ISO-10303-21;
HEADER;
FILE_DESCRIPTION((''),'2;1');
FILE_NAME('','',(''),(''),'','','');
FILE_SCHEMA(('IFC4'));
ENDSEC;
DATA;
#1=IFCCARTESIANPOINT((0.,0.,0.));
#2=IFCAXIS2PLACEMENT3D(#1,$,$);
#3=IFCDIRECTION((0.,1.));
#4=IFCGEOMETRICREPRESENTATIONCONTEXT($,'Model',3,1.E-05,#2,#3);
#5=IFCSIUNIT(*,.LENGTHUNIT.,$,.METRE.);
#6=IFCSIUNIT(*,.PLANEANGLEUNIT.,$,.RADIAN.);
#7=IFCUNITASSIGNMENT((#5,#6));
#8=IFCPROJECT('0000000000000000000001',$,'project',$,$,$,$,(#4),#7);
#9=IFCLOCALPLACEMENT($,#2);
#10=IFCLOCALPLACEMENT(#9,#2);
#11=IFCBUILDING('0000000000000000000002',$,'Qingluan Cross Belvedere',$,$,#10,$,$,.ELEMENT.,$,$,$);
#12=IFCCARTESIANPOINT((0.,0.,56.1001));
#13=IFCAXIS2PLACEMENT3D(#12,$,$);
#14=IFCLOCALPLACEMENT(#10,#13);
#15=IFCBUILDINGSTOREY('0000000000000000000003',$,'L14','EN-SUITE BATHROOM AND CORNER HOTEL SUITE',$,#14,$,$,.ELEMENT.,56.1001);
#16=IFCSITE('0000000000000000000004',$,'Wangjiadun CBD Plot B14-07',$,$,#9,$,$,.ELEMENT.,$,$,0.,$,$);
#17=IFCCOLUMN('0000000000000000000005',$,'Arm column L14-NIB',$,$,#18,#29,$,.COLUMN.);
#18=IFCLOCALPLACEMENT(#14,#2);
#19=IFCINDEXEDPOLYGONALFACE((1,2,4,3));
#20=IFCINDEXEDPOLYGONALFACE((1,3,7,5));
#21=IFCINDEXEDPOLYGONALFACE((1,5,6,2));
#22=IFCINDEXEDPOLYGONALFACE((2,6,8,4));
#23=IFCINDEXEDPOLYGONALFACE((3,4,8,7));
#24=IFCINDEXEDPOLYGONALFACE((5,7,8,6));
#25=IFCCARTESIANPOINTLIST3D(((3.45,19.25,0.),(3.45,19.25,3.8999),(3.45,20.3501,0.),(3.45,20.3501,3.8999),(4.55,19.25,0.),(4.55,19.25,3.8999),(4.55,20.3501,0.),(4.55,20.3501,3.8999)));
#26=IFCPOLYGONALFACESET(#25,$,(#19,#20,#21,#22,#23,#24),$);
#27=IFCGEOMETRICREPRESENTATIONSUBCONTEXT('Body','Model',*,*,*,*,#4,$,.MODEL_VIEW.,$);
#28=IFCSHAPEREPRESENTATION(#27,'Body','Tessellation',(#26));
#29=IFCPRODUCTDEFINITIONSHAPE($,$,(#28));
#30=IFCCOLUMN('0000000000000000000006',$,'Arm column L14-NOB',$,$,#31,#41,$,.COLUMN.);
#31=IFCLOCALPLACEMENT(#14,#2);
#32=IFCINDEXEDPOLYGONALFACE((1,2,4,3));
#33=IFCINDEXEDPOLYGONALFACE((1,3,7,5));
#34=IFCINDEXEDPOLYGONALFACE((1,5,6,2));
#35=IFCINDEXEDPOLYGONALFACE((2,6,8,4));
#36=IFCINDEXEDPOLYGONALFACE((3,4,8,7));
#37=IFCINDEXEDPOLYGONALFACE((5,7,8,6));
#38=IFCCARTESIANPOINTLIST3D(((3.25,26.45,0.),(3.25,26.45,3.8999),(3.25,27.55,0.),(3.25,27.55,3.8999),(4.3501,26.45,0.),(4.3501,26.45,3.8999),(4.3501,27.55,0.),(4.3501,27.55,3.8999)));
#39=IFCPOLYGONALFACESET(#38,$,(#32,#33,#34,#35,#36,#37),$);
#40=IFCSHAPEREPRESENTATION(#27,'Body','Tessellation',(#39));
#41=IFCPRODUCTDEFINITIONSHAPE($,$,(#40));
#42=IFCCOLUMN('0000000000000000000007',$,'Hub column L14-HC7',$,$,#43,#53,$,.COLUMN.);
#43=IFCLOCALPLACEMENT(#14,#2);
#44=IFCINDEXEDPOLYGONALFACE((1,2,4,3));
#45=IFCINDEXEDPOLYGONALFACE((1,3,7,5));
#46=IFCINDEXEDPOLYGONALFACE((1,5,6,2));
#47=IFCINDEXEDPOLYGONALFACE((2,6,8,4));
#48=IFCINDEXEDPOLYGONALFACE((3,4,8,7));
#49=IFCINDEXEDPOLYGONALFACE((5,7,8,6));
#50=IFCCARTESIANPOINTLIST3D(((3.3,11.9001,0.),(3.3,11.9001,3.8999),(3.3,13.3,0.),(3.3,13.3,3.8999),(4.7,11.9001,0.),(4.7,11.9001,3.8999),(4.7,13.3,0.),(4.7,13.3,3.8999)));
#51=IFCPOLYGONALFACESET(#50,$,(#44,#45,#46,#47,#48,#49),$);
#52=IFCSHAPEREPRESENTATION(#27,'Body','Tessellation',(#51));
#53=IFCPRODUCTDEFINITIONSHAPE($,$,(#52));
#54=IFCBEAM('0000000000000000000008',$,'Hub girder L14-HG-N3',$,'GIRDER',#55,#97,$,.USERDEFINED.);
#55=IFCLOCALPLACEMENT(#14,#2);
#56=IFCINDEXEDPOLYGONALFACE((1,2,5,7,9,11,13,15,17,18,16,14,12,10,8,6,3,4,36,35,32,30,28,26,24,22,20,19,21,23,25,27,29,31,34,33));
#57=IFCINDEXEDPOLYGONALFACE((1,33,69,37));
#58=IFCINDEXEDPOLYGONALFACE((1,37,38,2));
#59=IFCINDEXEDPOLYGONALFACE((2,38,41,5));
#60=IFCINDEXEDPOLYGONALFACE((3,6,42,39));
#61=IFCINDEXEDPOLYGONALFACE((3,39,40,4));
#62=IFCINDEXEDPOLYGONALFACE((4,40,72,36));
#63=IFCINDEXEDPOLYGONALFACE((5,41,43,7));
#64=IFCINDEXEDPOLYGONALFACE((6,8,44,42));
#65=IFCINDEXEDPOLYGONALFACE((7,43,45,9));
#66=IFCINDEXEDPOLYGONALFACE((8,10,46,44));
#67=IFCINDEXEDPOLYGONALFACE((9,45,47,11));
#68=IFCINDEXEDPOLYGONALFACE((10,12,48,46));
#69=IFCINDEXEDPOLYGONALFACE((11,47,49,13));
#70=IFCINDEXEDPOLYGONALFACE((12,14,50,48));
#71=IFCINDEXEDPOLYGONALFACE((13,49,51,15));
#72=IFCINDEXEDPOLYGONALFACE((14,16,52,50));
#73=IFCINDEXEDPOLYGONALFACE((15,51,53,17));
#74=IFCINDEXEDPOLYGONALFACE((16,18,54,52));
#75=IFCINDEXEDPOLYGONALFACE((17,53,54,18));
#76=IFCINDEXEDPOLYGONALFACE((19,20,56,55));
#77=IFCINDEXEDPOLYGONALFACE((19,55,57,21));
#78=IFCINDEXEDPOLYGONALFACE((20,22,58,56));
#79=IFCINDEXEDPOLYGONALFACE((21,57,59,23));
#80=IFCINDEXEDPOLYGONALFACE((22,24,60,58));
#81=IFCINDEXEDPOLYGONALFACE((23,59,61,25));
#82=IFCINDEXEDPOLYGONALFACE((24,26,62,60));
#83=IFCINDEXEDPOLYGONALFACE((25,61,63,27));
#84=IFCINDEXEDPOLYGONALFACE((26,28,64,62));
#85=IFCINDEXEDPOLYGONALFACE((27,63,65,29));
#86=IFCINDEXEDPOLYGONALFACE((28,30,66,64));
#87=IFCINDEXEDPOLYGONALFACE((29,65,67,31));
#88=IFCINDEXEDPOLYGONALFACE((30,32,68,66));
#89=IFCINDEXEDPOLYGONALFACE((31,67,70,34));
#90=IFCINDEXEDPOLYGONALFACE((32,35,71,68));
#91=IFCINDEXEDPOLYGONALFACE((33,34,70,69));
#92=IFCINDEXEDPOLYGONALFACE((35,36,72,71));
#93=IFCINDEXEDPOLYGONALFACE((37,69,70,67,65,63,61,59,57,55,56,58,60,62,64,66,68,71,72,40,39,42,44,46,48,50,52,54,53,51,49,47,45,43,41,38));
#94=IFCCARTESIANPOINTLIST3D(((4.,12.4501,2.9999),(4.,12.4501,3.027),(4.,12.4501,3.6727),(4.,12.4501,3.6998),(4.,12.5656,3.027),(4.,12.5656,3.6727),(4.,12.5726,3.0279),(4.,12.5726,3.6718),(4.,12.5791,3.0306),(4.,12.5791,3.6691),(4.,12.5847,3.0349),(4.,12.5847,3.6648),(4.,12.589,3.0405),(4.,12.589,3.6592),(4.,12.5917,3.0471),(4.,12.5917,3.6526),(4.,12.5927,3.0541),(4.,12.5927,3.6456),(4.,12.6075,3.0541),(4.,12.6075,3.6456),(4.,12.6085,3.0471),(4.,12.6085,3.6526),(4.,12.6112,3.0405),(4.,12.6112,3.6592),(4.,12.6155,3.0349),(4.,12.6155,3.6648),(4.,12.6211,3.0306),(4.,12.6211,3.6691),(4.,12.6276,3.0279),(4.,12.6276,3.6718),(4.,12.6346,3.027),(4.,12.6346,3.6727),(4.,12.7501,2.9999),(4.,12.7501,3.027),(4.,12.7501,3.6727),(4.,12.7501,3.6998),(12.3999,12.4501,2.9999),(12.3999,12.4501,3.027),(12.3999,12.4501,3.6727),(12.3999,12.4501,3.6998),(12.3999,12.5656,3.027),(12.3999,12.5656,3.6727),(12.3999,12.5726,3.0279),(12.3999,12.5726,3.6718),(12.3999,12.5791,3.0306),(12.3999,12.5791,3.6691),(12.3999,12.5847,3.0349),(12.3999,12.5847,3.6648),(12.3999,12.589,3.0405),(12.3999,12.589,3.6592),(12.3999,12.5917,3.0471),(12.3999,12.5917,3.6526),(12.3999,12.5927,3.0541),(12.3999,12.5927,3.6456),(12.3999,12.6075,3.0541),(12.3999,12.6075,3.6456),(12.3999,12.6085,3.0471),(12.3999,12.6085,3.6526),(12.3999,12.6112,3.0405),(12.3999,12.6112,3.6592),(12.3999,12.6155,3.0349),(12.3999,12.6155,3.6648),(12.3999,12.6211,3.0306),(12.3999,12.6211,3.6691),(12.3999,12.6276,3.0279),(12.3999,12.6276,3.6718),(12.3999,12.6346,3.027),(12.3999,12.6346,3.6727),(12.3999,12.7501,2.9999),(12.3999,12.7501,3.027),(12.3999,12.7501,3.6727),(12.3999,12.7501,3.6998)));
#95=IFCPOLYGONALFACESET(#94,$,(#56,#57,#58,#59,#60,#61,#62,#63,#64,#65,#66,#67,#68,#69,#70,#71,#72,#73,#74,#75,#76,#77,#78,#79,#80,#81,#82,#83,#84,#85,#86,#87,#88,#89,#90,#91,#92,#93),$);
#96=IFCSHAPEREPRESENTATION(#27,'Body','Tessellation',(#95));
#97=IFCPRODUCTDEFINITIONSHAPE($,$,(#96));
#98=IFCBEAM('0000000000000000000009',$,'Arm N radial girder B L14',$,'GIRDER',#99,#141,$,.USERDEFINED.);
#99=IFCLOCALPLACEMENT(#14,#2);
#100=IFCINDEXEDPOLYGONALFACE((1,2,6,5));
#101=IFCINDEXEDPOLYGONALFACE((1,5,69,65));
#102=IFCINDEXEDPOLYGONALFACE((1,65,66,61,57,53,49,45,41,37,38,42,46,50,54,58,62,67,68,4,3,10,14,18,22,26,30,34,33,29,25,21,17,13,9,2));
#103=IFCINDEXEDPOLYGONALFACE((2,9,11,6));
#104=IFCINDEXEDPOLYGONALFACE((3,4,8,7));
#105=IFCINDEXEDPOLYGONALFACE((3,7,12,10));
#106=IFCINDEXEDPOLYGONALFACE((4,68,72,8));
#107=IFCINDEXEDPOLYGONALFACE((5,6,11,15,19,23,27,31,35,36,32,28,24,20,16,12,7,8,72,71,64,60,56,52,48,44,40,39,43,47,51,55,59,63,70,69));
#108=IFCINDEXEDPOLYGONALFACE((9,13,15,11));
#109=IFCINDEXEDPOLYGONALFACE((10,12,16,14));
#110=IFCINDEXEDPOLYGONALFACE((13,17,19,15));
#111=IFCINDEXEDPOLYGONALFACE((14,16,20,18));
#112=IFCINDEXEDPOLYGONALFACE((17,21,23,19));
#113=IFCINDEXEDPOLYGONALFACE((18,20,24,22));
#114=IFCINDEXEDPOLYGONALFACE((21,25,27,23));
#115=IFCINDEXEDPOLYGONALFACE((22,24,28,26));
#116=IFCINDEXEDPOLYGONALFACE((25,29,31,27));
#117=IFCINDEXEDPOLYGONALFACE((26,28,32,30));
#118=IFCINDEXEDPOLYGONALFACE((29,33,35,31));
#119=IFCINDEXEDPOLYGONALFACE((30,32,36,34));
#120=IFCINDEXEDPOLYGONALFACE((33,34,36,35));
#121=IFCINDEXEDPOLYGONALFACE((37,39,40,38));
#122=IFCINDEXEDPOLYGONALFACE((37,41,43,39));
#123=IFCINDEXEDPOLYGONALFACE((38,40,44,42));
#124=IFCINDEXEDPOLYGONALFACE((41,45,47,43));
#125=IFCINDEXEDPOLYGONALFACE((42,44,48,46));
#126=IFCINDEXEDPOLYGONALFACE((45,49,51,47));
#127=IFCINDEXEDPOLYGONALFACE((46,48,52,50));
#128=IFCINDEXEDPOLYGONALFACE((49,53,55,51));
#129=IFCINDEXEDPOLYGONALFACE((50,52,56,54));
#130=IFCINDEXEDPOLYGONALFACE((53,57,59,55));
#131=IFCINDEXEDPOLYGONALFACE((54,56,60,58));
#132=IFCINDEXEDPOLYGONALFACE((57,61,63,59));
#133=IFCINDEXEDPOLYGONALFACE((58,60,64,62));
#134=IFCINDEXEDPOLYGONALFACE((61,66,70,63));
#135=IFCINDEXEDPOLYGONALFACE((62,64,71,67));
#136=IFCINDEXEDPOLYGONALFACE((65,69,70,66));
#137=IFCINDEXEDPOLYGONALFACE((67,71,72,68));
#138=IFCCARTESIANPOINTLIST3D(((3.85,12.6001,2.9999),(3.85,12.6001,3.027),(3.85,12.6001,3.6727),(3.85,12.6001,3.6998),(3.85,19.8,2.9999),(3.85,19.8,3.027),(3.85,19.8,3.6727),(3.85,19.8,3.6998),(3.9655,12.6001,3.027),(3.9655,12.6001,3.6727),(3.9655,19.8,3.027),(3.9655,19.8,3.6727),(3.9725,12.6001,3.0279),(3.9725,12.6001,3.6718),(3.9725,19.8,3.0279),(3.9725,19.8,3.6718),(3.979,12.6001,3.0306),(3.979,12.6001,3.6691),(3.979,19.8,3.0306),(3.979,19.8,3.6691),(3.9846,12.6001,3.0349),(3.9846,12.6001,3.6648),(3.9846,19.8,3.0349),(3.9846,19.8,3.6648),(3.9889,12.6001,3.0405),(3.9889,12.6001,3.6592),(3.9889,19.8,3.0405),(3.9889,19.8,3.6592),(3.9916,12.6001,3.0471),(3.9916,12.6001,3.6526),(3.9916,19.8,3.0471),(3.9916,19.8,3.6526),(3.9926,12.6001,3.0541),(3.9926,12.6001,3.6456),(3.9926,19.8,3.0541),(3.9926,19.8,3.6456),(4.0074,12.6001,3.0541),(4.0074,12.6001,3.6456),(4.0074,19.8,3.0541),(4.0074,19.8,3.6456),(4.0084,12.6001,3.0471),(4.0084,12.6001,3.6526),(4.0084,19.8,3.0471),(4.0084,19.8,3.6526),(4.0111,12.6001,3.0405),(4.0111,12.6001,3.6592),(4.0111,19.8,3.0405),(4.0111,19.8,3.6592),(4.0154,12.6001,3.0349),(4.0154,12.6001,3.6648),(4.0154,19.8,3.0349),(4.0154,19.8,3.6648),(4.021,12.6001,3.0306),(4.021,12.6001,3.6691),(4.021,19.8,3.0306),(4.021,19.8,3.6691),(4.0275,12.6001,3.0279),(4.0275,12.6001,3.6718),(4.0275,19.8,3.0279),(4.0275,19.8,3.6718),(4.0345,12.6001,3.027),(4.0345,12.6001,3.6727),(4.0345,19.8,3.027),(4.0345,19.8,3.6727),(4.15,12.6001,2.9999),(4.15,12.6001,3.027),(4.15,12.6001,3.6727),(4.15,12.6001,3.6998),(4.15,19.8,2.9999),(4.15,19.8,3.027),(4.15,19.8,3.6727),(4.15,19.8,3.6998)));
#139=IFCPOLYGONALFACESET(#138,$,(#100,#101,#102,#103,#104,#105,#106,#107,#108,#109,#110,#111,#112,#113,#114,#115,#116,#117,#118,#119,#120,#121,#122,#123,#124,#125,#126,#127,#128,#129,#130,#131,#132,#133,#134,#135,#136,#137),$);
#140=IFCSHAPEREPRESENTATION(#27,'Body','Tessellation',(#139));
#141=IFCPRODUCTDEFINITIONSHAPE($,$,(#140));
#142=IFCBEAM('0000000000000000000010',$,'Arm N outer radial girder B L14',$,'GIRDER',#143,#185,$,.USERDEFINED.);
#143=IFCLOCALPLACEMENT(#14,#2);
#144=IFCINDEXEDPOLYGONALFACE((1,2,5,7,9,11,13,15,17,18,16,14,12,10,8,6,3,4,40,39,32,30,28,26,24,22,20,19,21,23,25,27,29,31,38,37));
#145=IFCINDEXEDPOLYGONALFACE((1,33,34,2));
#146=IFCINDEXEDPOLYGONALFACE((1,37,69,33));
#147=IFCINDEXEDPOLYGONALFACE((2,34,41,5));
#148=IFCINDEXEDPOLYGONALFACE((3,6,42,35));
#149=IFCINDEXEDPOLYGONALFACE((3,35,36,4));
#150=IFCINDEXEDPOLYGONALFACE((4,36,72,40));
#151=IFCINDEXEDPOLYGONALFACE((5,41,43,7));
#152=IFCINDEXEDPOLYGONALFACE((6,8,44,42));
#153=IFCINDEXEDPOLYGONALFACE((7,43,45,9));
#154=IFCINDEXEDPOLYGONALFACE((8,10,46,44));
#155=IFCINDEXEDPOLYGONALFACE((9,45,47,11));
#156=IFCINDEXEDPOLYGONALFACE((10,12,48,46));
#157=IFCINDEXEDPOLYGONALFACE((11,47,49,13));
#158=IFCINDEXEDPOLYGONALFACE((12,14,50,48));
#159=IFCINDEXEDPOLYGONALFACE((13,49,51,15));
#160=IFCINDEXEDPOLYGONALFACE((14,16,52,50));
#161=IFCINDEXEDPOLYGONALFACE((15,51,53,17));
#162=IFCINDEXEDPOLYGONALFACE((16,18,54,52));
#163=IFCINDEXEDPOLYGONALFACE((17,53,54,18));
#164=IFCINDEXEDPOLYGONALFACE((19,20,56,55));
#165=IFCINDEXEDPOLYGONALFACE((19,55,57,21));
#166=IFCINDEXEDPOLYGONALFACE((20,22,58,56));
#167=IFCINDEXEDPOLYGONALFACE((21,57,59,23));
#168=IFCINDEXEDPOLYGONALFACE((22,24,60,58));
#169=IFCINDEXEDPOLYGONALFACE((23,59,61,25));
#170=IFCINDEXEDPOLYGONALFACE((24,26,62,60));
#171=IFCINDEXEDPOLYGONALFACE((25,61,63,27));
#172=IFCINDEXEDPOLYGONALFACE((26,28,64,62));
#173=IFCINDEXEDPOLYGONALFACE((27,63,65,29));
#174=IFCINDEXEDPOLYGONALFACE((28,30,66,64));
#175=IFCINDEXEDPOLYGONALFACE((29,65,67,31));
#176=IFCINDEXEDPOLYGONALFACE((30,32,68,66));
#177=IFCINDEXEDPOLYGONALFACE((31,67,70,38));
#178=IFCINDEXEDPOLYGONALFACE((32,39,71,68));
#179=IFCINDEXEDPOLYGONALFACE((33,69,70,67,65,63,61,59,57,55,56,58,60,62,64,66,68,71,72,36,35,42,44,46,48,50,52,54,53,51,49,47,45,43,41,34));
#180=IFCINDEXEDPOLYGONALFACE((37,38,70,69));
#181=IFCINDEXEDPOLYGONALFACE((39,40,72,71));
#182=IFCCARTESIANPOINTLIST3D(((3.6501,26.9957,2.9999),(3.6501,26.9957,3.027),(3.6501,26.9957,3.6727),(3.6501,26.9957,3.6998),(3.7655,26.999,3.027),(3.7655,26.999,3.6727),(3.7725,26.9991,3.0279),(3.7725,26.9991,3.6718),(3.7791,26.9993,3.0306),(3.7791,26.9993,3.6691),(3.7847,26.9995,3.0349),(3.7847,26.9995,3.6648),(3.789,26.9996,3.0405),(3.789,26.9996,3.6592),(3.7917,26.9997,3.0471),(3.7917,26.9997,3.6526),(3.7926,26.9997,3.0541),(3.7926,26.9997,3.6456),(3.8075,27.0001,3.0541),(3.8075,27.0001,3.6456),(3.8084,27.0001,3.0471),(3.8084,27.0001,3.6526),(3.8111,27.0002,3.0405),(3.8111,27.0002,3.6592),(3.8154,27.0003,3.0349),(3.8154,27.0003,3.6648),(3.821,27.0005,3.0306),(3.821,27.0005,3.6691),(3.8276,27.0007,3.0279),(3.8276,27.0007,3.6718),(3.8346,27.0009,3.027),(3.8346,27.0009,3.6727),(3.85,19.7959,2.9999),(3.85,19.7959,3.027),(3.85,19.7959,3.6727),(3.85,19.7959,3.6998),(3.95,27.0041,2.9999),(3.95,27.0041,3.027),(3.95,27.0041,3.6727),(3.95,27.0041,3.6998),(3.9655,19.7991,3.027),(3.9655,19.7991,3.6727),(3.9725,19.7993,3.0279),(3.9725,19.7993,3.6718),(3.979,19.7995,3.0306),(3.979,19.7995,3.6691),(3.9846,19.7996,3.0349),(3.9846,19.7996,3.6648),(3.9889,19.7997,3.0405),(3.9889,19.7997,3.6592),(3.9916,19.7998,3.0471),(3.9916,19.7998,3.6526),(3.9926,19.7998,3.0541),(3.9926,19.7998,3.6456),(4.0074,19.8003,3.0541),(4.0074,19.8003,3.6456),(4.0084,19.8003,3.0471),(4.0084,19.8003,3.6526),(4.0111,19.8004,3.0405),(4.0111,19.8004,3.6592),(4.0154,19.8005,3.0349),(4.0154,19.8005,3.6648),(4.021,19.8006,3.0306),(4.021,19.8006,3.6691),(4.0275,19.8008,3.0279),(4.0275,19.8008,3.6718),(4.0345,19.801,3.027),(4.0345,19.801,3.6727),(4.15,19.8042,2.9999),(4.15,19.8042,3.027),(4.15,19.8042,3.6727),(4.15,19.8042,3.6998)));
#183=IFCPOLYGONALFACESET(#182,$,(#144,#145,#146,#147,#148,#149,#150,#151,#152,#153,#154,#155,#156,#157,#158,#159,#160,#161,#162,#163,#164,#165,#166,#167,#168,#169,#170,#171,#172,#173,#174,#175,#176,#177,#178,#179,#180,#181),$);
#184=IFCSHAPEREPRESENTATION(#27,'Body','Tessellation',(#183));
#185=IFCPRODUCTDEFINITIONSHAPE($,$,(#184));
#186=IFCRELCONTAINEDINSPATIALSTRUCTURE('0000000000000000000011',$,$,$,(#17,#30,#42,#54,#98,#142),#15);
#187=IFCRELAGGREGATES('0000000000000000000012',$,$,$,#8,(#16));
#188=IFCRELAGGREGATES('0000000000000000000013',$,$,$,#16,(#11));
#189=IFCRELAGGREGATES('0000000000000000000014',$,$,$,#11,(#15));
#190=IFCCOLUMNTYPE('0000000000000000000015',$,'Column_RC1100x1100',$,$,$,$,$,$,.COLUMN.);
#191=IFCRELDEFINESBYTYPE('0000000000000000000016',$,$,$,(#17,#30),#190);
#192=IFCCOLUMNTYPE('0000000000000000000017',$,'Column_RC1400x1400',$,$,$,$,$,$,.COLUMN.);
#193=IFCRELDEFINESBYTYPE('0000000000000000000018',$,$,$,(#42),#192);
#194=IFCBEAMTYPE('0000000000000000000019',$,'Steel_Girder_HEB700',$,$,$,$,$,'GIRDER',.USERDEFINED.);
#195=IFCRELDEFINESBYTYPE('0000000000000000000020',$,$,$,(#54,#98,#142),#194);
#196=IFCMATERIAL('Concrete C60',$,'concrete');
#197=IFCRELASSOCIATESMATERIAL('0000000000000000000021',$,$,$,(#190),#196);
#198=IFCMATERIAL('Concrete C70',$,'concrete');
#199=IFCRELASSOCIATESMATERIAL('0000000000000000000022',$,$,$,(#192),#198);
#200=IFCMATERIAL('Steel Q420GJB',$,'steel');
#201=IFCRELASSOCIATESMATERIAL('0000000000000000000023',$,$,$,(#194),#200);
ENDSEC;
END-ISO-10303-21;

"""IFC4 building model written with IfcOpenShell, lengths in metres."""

from ifc_helpers import new_model, si_unit, direction, frame, origin, origin_2d, place, context, subcontext, project, spatial, rectangle, i_section, extrude, material, material_profile, profile_set, type_object, element, save


model = new_model("IFC4")

# Units and contexts
model_context = context("Model", 3, precision=1e-05, world=origin(), true_north=direction((0.0, 1.0)))
body_context = subcontext(model_context, "Body", "Model", "MODEL_VIEW")
ifc_project = project(units=[si_unit("LENGTHUNIT", "METRE"), si_unit("PLANEANGLEUNIT", "RADIAN")], contexts=[model_context])

# Site, building, storey
site_placement = place(None, origin())
site = spatial("IfcSite", under=ifc_project, at=site_placement, Name="Wangjiadun CBD Plot B14-07", CompositionType="ELEMENT", RefElevation=0.0)
building_placement = place(site_placement, origin())
building = spatial("IfcBuilding", under=site, at=building_placement, Name="Qingluan Cross Belvedere", CompositionType="ELEMENT")
storey_placement = place(building_placement, frame((0.0, 0.0, 56.1001)))
storey = spatial("IfcBuildingStorey", under=building, at=storey_placement, Name="L14", Description="EN-SUITE BATHROOM AND CORNER HOTEL SUITE", CompositionType="ELEMENT", Elevation=56.1001)

# Columns
ifc_material_1 = material(Name="Concrete C60", Category="concrete")
ifc_material_profile_1 = material_profile(ifc_material_1, rectangle(XDim=1.1001, YDim=1.1001, at=origin_2d()), Name="RC1100x1100")
ifc_profile_set_1 = profile_set([ifc_material_profile_1], Name="Concrete C60")
column_type_1 = type_object("IfcColumnType", Name="Column_RC1100x1100", PredefinedType="COLUMN", material=ifc_profile_set_1)
for number, where, z_axis, x_axis, name in (
    (1, (4.0, 19.8, 0.0), (0.0, 0.0, 1.0), (1.0, 0.0, 0.0), "Arm column L14-NIB"),
    (2, (3.8, 27.0, 0.0), (0.0, 0.0, 1.0), (1.0, 0.0, 0.0), "Arm column L14-NOB"),
):
    element("IfcColumn", number, at=place(storey_placement, frame(where, z_axis=z_axis, x_axis=x_axis)), inside=storey, type_object=column_type_1, Name=name, PredefinedType="COLUMN", context=body_context, shape_type="SweptSolid", body=[
        extrude(rectangle(XDim=1.1001, YDim=1.1001, at=origin_2d()), origin(), (0.0, 0.0, 1.0), 3.8999),
    ])
ifc_material_2 = material(Name="Concrete C70", Category="concrete")
ifc_material_profile_2 = material_profile(ifc_material_2, rectangle(XDim=1.3999, YDim=1.3999, at=origin_2d()), Name="RC1400x1400")
ifc_profile_set_2 = profile_set([ifc_material_profile_2], Name="Concrete C70")
column_type_2 = type_object("IfcColumnType", Name="Column_RC1400x1400", PredefinedType="COLUMN", material=ifc_profile_set_2)
column_placement = place(storey_placement, frame((4.0, 12.6001, 0.0), z_axis=(0.0, 0.0, 1.0), x_axis=(1.0, 0.0, 0.0)))
element("IfcColumn", 3, at=column_placement, inside=storey, type_object=column_type_2, Name="Hub column L14-HC7", PredefinedType="COLUMN", context=body_context, shape_type="SweptSolid", body=[
    extrude(rectangle(XDim=1.3999, YDim=1.3999, at=origin_2d()), origin(), (0.0, 0.0, 1.0), 3.8999),
])

# Beams
ifc_material_3 = material(Name="Steel Q420GJB", Category="steel")
ifc_material_profile_3 = material_profile(ifc_material_3, i_section(OverallWidth=0.3, OverallDepth=0.7, WebThickness=0.0149, FlangeThickness=0.0271, FilletRadius=0.0271, at=origin_2d()), Name="HEB700")
ifc_profile_set_3 = profile_set([ifc_material_profile_3], Name="Steel Q420GJB")
beam_type = type_object("IfcBeamType", Name="Steel_Girder_HEB700", ElementType="GIRDER", PredefinedType="USERDEFINED", material=ifc_profile_set_3)
beam_1_placement = place(storey_placement, frame((4.0, 12.6001, 3.3499), z_axis=(1.0, 0.0, 0.0), x_axis=(0.0, 1.0, 0.0)))
element("IfcBeam", 4, at=beam_1_placement, inside=storey, type_object=beam_type, Name="Hub girder L14-HG-N3", ObjectType="GIRDER", PredefinedType="USERDEFINED", context=body_context, shape_type="SweptSolid", body=[
    extrude(i_section(OverallWidth=0.3, OverallDepth=0.7, WebThickness=0.0149, FlangeThickness=0.0271, FilletRadius=0.0271, at=origin_2d()), origin(), (0.0, 0.0, 1.0), 8.3999),
])
beam_2_placement = place(storey_placement, frame((4.0, 12.6001, 3.3499), z_axis=(0.0, 1.0, 0.0), x_axis=(-1.0, 0.0, 0.0)))
element("IfcBeam", 5, at=beam_2_placement, inside=storey, type_object=beam_type, Name="Arm N radial girder B L14", ObjectType="GIRDER", PredefinedType="USERDEFINED", context=body_context, shape_type="SweptSolid", body=[
    extrude(i_section(OverallWidth=0.3, OverallDepth=0.7, WebThickness=0.0149, FlangeThickness=0.0271, FilletRadius=0.0271, at=origin_2d()), origin(), (0.0, 0.0, 1.0), 7.2),
])
beam_3_placement = place(storey_placement, frame((4.0, 19.8, 3.3499), z_axis=(-0.02776, 0.999615, 0.0), x_axis=(-0.999615, -0.02776, 0.0)))
element("IfcBeam", 6, at=beam_3_placement, inside=storey, type_object=beam_type, Name="Arm N outer radial girder B L14", ObjectType="GIRDER", PredefinedType="USERDEFINED", context=body_context, shape_type="SweptSolid", body=[
    extrude(i_section(OverallWidth=0.3, OverallDepth=0.7, WebThickness=0.0149, FlangeThickness=0.0271, FilletRadius=0.0271, at=origin_2d()), origin(), (0.0, 0.0, 1.0), 7.2026),
])

save(model, "model.ifc")
